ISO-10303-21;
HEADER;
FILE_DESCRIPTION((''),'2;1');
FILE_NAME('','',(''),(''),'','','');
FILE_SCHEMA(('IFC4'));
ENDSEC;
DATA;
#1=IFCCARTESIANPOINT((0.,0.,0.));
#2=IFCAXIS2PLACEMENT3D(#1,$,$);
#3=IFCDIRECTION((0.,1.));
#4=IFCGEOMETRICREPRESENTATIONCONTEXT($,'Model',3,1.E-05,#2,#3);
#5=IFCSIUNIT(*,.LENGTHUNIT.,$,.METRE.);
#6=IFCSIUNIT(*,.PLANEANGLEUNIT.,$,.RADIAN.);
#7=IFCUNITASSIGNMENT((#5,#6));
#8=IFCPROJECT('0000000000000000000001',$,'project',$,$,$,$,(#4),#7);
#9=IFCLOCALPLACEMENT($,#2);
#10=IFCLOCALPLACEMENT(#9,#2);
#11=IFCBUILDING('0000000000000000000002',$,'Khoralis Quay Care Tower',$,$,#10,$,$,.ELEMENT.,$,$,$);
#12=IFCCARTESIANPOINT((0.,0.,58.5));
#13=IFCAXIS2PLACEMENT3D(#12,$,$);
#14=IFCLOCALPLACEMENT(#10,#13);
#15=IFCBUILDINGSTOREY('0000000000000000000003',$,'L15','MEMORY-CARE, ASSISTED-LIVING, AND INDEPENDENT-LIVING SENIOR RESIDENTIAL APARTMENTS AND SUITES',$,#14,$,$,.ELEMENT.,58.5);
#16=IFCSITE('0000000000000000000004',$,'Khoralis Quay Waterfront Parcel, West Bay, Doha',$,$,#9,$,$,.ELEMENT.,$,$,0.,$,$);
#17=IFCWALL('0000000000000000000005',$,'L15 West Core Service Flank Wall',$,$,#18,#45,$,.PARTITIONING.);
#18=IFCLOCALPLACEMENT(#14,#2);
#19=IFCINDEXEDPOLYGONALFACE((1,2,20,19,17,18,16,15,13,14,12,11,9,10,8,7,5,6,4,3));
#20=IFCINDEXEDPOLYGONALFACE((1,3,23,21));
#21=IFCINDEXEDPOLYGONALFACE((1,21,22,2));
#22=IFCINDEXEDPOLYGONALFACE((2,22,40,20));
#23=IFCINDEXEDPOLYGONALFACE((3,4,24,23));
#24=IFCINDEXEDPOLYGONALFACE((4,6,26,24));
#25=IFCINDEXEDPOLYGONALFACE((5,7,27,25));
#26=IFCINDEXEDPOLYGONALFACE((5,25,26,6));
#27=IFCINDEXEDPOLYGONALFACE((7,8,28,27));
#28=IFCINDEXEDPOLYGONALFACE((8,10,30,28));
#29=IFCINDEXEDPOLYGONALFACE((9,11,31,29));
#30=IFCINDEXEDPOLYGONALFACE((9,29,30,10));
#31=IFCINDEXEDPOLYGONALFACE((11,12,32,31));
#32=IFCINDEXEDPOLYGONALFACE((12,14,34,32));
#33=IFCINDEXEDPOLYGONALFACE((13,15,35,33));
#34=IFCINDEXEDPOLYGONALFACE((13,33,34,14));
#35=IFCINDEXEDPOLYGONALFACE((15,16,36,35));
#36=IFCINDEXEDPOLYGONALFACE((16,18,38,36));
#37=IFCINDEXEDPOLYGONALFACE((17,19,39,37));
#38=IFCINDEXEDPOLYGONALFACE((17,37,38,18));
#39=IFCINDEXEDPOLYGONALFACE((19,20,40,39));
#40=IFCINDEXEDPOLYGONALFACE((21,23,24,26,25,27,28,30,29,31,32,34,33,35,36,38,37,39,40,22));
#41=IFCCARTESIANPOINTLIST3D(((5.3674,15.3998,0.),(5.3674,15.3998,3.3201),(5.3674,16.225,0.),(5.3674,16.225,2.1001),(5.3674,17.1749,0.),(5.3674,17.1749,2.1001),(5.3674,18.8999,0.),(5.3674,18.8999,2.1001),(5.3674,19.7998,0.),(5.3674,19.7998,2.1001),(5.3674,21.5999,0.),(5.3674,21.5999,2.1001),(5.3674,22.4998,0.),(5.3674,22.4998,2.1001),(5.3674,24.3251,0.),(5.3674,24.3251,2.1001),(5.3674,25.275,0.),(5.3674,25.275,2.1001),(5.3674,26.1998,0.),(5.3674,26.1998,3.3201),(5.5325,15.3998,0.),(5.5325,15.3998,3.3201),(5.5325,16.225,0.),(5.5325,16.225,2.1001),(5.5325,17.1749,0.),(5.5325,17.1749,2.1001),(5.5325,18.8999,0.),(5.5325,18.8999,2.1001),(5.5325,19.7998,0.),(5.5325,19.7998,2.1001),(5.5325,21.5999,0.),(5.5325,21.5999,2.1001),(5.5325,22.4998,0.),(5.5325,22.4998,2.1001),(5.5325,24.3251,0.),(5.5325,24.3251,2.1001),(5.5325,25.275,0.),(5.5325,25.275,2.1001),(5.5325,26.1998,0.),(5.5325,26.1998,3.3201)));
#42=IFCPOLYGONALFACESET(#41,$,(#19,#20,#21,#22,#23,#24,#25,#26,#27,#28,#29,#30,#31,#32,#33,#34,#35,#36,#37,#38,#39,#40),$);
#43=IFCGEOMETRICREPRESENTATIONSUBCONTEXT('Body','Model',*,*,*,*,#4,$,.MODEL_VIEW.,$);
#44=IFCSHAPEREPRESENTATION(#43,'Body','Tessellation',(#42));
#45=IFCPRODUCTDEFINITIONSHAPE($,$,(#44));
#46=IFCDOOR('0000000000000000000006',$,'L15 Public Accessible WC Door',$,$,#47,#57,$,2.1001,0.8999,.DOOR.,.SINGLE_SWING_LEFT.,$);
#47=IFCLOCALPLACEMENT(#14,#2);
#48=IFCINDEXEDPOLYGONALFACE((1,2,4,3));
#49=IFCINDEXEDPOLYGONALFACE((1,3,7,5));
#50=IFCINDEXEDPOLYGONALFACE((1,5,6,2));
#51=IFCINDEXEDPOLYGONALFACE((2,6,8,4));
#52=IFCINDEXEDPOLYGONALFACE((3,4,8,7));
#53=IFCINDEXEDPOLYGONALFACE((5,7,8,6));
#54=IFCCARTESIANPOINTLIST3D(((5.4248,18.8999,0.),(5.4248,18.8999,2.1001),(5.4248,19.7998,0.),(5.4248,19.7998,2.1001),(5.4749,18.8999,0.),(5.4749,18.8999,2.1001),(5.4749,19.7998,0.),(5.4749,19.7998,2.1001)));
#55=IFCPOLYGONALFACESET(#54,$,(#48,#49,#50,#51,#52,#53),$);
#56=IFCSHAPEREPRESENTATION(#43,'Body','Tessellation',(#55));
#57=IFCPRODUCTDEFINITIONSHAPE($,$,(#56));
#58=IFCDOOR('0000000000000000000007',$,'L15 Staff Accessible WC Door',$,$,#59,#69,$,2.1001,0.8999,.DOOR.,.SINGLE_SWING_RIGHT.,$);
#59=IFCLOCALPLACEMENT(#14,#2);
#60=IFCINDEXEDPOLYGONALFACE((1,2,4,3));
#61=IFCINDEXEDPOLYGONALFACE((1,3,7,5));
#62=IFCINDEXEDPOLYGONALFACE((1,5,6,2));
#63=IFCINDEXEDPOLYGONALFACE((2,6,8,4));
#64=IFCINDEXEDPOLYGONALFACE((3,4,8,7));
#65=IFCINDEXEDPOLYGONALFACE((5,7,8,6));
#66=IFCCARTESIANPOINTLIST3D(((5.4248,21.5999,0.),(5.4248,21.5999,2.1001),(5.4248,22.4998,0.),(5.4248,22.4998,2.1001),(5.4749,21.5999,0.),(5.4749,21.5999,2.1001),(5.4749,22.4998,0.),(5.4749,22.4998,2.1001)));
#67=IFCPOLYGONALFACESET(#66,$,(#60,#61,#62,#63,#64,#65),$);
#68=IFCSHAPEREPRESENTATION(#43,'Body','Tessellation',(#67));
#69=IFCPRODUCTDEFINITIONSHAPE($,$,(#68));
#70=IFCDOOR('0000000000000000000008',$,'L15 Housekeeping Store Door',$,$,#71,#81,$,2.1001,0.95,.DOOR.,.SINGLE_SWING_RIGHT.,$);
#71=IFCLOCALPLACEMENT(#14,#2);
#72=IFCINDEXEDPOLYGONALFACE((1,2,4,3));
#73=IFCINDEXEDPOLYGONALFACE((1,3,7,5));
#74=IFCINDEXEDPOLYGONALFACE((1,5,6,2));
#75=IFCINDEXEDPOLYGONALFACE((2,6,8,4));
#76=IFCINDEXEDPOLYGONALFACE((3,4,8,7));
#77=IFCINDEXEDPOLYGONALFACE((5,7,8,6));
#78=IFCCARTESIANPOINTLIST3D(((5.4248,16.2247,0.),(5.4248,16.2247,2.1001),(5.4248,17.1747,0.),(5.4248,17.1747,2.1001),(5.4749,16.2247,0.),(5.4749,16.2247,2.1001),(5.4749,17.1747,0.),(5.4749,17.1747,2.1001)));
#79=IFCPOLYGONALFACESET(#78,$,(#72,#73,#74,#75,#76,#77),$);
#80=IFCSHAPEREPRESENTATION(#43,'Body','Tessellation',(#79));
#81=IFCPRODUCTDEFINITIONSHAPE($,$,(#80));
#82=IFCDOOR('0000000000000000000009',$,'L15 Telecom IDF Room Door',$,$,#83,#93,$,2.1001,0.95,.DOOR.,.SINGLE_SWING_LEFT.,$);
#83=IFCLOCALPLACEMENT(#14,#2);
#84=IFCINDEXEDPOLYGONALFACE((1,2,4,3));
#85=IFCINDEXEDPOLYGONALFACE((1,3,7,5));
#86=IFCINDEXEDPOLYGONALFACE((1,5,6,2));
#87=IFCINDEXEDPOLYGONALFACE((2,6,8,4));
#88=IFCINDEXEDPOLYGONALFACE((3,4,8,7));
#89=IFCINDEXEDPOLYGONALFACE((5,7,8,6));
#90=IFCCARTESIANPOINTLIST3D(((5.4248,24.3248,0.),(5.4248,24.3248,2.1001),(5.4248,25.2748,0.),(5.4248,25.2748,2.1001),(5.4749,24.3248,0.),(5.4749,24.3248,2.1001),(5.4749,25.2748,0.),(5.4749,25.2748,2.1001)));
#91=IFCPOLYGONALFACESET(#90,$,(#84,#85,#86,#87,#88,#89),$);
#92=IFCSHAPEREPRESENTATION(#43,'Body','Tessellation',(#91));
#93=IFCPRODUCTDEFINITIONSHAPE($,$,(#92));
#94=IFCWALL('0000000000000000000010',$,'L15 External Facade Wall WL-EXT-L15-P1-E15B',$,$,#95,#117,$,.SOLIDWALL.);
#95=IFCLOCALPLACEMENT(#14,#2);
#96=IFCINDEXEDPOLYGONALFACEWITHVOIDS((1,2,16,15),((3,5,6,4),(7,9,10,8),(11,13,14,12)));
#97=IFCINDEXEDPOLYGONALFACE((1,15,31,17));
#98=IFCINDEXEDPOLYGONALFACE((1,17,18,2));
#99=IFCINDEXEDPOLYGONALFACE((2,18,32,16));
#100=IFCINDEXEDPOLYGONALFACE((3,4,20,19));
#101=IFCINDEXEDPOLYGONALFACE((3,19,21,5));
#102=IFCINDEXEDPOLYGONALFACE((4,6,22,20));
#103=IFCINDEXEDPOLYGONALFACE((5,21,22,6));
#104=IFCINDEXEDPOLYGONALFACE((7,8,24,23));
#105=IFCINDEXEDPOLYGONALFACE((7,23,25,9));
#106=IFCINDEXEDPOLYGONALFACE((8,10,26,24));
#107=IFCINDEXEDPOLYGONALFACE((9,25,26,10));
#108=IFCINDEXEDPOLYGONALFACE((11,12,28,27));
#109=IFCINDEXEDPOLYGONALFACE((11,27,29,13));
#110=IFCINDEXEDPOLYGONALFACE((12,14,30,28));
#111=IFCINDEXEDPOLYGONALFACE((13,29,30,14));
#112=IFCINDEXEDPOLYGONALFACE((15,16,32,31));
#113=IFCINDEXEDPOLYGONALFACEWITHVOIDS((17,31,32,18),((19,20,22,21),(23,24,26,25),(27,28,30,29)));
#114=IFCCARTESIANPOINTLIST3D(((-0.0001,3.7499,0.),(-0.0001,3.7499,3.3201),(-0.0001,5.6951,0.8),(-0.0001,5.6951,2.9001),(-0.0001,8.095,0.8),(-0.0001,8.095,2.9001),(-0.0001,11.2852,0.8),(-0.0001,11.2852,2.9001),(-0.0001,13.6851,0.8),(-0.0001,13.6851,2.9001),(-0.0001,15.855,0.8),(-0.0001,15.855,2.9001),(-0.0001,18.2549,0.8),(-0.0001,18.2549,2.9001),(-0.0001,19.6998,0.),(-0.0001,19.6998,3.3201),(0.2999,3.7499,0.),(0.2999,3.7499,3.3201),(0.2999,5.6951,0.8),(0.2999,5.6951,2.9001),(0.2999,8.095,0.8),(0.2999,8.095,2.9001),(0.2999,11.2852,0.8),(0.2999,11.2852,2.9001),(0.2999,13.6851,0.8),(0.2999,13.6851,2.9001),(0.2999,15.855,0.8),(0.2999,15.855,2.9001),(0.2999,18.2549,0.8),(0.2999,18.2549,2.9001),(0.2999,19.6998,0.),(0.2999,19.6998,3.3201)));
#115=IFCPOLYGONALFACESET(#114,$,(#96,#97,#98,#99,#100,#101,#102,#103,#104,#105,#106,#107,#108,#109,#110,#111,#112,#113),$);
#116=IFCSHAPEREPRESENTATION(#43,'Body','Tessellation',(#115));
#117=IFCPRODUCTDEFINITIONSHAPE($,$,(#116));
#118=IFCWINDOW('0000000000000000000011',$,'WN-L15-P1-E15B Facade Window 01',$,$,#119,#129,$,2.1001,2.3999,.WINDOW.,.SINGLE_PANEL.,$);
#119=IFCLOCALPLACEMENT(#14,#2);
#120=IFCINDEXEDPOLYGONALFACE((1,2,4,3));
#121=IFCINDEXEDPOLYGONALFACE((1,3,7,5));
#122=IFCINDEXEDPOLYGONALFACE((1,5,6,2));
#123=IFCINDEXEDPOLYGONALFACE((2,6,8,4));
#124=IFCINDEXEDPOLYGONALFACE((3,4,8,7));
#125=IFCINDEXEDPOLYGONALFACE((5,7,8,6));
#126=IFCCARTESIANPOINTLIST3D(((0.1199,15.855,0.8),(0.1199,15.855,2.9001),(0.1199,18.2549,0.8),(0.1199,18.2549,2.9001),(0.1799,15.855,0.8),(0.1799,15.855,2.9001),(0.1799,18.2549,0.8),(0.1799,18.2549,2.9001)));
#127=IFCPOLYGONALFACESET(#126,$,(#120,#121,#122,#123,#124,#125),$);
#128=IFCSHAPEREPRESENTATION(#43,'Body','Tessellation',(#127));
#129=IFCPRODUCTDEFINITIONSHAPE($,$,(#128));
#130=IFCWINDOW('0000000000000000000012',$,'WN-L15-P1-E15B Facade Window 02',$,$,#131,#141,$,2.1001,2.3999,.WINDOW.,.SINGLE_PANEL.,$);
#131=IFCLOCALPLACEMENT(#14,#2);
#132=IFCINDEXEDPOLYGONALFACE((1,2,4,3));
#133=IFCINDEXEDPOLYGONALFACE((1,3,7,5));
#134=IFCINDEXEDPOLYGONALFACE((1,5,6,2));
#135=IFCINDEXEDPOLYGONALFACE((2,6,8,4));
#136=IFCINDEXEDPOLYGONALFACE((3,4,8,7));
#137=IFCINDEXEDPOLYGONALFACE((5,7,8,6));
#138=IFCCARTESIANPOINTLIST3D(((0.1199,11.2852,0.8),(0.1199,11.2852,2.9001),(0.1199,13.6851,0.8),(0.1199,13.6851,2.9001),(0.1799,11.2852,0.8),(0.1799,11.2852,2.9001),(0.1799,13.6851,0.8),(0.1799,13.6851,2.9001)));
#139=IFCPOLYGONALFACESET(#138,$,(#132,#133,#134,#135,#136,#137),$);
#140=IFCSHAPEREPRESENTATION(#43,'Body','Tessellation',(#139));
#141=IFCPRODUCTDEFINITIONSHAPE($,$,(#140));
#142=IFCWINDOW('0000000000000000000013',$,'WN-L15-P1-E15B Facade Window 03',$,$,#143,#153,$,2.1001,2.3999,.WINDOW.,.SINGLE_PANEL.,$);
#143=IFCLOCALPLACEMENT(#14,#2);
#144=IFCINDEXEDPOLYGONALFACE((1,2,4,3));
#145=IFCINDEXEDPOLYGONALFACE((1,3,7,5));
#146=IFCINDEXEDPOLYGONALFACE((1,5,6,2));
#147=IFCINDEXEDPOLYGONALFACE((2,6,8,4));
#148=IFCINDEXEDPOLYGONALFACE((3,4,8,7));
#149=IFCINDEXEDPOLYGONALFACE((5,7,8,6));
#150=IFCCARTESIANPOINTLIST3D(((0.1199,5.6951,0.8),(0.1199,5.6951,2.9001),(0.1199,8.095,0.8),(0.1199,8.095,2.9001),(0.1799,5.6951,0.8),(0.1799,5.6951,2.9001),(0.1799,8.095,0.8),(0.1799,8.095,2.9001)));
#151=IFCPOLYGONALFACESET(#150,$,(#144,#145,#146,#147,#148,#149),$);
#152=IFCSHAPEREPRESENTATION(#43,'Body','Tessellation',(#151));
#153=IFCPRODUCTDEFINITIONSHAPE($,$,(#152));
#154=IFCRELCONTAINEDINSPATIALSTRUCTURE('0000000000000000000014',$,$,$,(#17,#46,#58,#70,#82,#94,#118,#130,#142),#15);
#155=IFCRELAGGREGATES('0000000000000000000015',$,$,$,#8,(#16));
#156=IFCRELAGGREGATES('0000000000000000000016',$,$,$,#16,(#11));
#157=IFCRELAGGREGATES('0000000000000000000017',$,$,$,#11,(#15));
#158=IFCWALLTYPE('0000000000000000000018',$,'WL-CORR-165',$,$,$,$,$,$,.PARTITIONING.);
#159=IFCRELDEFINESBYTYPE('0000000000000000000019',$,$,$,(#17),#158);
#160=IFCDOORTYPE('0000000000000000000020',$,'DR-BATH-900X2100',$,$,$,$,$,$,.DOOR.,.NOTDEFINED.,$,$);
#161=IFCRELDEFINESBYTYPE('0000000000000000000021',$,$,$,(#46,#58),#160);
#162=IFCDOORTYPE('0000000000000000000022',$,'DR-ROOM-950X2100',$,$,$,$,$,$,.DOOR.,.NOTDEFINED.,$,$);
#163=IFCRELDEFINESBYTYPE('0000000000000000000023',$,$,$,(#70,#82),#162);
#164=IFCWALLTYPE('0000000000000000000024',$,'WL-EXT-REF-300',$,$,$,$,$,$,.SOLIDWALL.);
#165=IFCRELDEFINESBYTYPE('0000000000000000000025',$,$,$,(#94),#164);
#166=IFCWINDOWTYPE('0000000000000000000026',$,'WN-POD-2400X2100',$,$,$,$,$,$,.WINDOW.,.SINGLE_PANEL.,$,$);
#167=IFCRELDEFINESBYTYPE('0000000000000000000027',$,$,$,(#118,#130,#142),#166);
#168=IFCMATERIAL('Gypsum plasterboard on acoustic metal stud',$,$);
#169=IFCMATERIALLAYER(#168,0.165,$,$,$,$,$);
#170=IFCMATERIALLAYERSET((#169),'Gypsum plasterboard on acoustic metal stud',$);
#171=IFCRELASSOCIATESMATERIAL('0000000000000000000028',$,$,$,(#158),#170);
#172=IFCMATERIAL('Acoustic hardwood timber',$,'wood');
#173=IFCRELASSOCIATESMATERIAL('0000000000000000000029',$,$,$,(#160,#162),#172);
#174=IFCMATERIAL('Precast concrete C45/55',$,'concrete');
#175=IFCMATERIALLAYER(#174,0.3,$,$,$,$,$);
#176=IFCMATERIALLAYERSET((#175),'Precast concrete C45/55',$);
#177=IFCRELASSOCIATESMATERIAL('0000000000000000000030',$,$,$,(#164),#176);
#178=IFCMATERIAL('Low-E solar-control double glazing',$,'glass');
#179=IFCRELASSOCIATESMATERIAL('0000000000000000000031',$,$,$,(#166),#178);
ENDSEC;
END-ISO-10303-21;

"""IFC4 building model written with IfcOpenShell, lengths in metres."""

from ifc_helpers import new_model, si_unit, direction, frame, frame_2d, origin, place, context, subcontext, project, spatial, rectangle, extrude, source, transform, mapped, material, layer, layer_set, type_object, element, fill, save


model = new_model("IFC4")

# Units and contexts
model_context = context("Model", 3, precision=1e-05, world=origin(), true_north=direction((0.0, 1.0)))
body_context = subcontext(model_context, "Body", "Model", "MODEL_VIEW")
ifc_project = project(units=[si_unit("LENGTHUNIT", "METRE"), si_unit("PLANEANGLEUNIT", "RADIAN")], contexts=[model_context])

# Site, building, storey
site_placement = place(None, origin())
site = spatial("IfcSite", under=ifc_project, at=site_placement, Name="Khoralis Quay Waterfront Parcel, West Bay, Doha", CompositionType="ELEMENT", RefElevation=0.0)
building_placement = place(site_placement, origin())
building = spatial("IfcBuilding", under=site, at=building_placement, Name="Khoralis Quay Care Tower", CompositionType="ELEMENT")
storey_placement = place(building_placement, frame((0.0, 0.0, 58.5)))
storey = spatial("IfcBuildingStorey", under=building, at=storey_placement, Name="L15", Description="MEMORY-CARE, ASSISTED-LIVING, AND INDEPENDENT-LIVING SENIOR RESIDENTIAL APARTMENTS AND SUITES", CompositionType="ELEMENT", Elevation=58.5)

# Shared definitions
ifc_material_1 = material(Name="Low-E solar-control double glazing", Category="glass")

# Wall, openings, doors
ifc_material_2 = material(Name="Gypsum plasterboard on acoustic metal stud")
ifc_layer_1 = layer(ifc_material_2, 0.165)
ifc_layer_set_1 = layer_set([ifc_layer_1], Name="Gypsum plasterboard on acoustic metal stud")
wall_type_1 = type_object("IfcWallType", Name="WL-CORR-165", PredefinedType="PARTITIONING", material=ifc_layer_set_1)
wall_1_placement = place(storey_placement, frame((5.45, 15.3999, 0.0), z_axis=(0.0, 0.0, 1.0), x_axis=(0.0, 1.0, 0.0)))
wall_1 = element("IfcWall", 1, at=wall_1_placement, inside=storey, type_object=wall_type_1, Name="L15 West Core Service Flank Wall", PredefinedType="PARTITIONING", context=body_context, shape_type="SweptSolid", body=[
    extrude(rectangle(XDim=10.8, YDim=0.165, at=frame_2d((5.3999, 0.0))), origin(), (0.0, 0.0, 1.0), 3.3201),
])
opening_1_placement = place(wall_1_placement, frame((0.825, 0.0, 0.0)))
opening_1 = element("IfcOpeningElement", 2, at=opening_1_placement, cuts=wall_1, PredefinedType="OPENING", context=body_context, shape_type="SweptSolid", body=[
    extrude(rectangle(XDim=0.95, YDim=2.1001, at=frame_2d((0.4751, 1.05))), frame((0.0, 0.0925, 0.0), z_axis=(0.0, -1.0, 0.0), x_axis=(1.0, 0.0, 0.0)), (0.0, 0.0, 1.0), 0.1851),
])
opening_2_placement = place(wall_1_placement, frame((3.5, 0.0, 0.0)))
opening_2 = element("IfcOpeningElement", 3, at=opening_2_placement, cuts=wall_1, PredefinedType="OPENING", context=body_context, shape_type="SweptSolid", body=[
    extrude(rectangle(XDim=0.8999, YDim=2.1001, at=frame_2d((0.45, 1.05))), frame((0.0, 0.0925, 0.0), z_axis=(0.0, -1.0, 0.0), x_axis=(1.0, 0.0, 0.0)), (0.0, 0.0, 1.0), 0.1851),
])
opening_3_placement = place(wall_1_placement, frame((6.2, 0.0, 0.0)))
opening_3 = element("IfcOpeningElement", 4, at=opening_3_placement, cuts=wall_1, PredefinedType="OPENING", context=body_context, shape_type="SweptSolid", body=[
    extrude(rectangle(XDim=0.8999, YDim=2.1001, at=frame_2d((0.45, 1.05))), frame((0.0, 0.0925, 0.0), z_axis=(0.0, -1.0, 0.0), x_axis=(1.0, 0.0, 0.0)), (0.0, 0.0, 1.0), 0.1851),
])
opening_4_placement = place(wall_1_placement, frame((8.925, 0.0, 0.0)))
opening_4 = element("IfcOpeningElement", 5, at=opening_4_placement, cuts=wall_1, PredefinedType="OPENING", context=body_context, shape_type="SweptSolid", body=[
    extrude(rectangle(XDim=0.95, YDim=2.1001, at=frame_2d((0.4751, 1.05))), frame((0.0, 0.0925, 0.0), z_axis=(0.0, -1.0, 0.0), x_axis=(1.0, 0.0, 0.0)), (0.0, 0.0, 1.0), 0.1851),
])
ifc_material_3 = material(Name="Acoustic hardwood timber", Category="wood")
door_type_1 = type_object("IfcDoorType", Name="DR-BATH-900X2100", OperationType="NOTDEFINED", PredefinedType="DOOR", material=ifc_material_3)
shared_shape_1 = source(origin(), body_context, "Body", "SweptSolid", [
    extrude(rectangle(XDim=0.8999, YDim=2.1001, at=frame_2d((0.45, 1.05))), frame((0.0, 0.0249, 0.0), z_axis=(0.0, -1.0, 0.0), x_axis=(1.0, 0.0, 0.0)), (0.0, 0.0, 1.0), 0.05),
])
door_1_placement = place(opening_2_placement, frame((0.8999, 0.0, 0.0), z_axis=(0.0, 0.0, 1.0), x_axis=(-1.0, 0.0, 0.0)))
door_1 = element("IfcDoor", 6, at=door_1_placement, inside=storey, type_object=door_type_1, Name="L15 Public Accessible WC Door", OperationType="SINGLE_SWING_LEFT", OverallHeight=2.1001, OverallWidth=0.8999, PredefinedType="DOOR", context=body_context, shape_type="MappedRepresentation", body=[
    mapped(shared_shape_1, transform((0.0, 0.0, 0.0), scale=1.0)),
])
fill(opening_2, door_1)
door_2_placement = place(opening_3_placement, frame((0.8999, 0.0, 0.0), z_axis=(0.0, 0.0, 1.0), x_axis=(-1.0, 0.0, 0.0)))
door_2 = element("IfcDoor", 7, at=door_2_placement, inside=storey, type_object=door_type_1, Name="L15 Staff Accessible WC Door", OperationType="SINGLE_SWING_RIGHT", OverallHeight=2.1001, OverallWidth=0.8999, PredefinedType="DOOR", context=body_context, shape_type="MappedRepresentation", body=[
    mapped(shared_shape_1, transform((0.0, 0.0, 0.0), scale=1.0)),
])
fill(opening_3, door_2)
door_type_2 = type_object("IfcDoorType", Name="DR-ROOM-950X2100", OperationType="NOTDEFINED", PredefinedType="DOOR", material=ifc_material_3)
shared_shape_2 = source(origin(), body_context, "Body", "SweptSolid", [
    extrude(rectangle(XDim=0.95, YDim=2.1001, at=frame_2d((0.4751, 1.05))), frame((0.0, 0.0249, 0.0), z_axis=(0.0, -1.0, 0.0), x_axis=(1.0, 0.0, 0.0)), (0.0, 0.0, 1.0), 0.05),
])
door_3_placement = place(opening_1_placement, frame((0.95, 0.0, 0.0), z_axis=(0.0, 0.0, 1.0), x_axis=(-1.0, 0.0, 0.0)))
door_3 = element("IfcDoor", 8, at=door_3_placement, inside=storey, type_object=door_type_2, Name="L15 Housekeeping Store Door", OperationType="SINGLE_SWING_RIGHT", OverallHeight=2.1001, OverallWidth=0.95, PredefinedType="DOOR", context=body_context, shape_type="MappedRepresentation", body=[
    mapped(shared_shape_2, transform((0.0, 0.0, 0.0), scale=1.0)),
])
fill(opening_1, door_3)
door_4_placement = place(opening_4_placement, frame((0.95, 0.0, 0.0), z_axis=(0.0, 0.0, 1.0), x_axis=(-1.0, 0.0, 0.0)))
door_4 = element("IfcDoor", 9, at=door_4_placement, inside=storey, type_object=door_type_2, Name="L15 Telecom IDF Room Door", OperationType="SINGLE_SWING_LEFT", OverallHeight=2.1001, OverallWidth=0.95, PredefinedType="DOOR", context=body_context, shape_type="MappedRepresentation", body=[
    mapped(shared_shape_2, transform((0.0, 0.0, 0.0), scale=1.0)),
])
fill(opening_4, door_4)

# Wall, openings, windows
ifc_material_4 = material(Name="Precast concrete C45/55", Category="concrete")
ifc_layer_2 = layer(ifc_material_4, 0.3)
ifc_layer_set_2 = layer_set([ifc_layer_2], Name="Precast concrete C45/55")
wall_type_2 = type_object("IfcWallType", Name="WL-EXT-REF-300", PredefinedType="SOLIDWALL", material=ifc_layer_set_2)
wall_2_placement = place(storey_placement, frame((0.1499, 19.7, 0.0), z_axis=(0.0, 0.0, 1.0), x_axis=(0.0, -1.0, 0.0)))
wall_2 = element("IfcWall", 10, at=wall_2_placement, inside=storey, type_object=wall_type_2, Name="L15 External Facade Wall WL-EXT-L15-P1-E15B", PredefinedType="SOLIDWALL", context=body_context, shape_type="SweptSolid", body=[
    extrude(rectangle(XDim=15.95, YDim=0.3, at=frame_2d((7.9751, 0.0))), origin(), (0.0, 0.0, 1.0), 3.3201),
])
opening_5_placement = place(wall_2_placement, frame((1.4451, 0.0, 0.8)))
opening_5 = element("IfcOpeningElement", 11, at=opening_5_placement, cuts=wall_2, PredefinedType="OPENING", context=body_context, shape_type="SweptSolid", body=[
    extrude(rectangle(XDim=2.3999, YDim=2.1001, at=frame_2d((1.2, 1.05))), frame((0.0, 0.1602, 0.0), z_axis=(0.0, -1.0, 0.0), x_axis=(1.0, 0.0, 0.0)), (0.0, 0.0, 1.0), 0.3201),
])
opening_6_placement = place(wall_2_placement, frame((6.0149, 0.0, 0.8)))
opening_6 = element("IfcOpeningElement", 12, at=opening_6_placement, cuts=wall_2, PredefinedType="OPENING", context=body_context, shape_type="SweptSolid", body=[
    extrude(rectangle(XDim=2.3999, YDim=2.1001, at=frame_2d((1.2, 1.05))), frame((0.0, 0.1602, 0.0), z_axis=(0.0, -1.0, 0.0), x_axis=(1.0, 0.0, 0.0)), (0.0, 0.0, 1.0), 0.3201),
])
opening_7_placement = place(wall_2_placement, frame((11.605, 0.0, 0.8)))
opening_7 = element("IfcOpeningElement", 13, at=opening_7_placement, cuts=wall_2, PredefinedType="OPENING", context=body_context, shape_type="SweptSolid", body=[
    extrude(rectangle(XDim=2.3999, YDim=2.1001, at=frame_2d((1.2, 1.05))), frame((0.0, 0.1602, 0.0), z_axis=(0.0, -1.0, 0.0), x_axis=(1.0, 0.0, 0.0)), (0.0, 0.0, 1.0), 0.3201),
])
window_type = type_object("IfcWindowType", Name="WN-POD-2400X2100", PartitioningType="SINGLE_PANEL", PredefinedType="WINDOW", material=ifc_material_1)
shared_shape_3 = source(origin(), body_context, "Body", "SweptSolid", [
    extrude(rectangle(XDim=2.3999, YDim=2.1001, at=frame_2d((1.2, 1.05))), frame((0.0, 0.03, 0.0), z_axis=(0.0, -1.0, 0.0), x_axis=(1.0, 0.0, 0.0)), (0.0, 0.0, 1.0), 0.0601),
])
window_1_placement = place(opening_5_placement, origin())
window_1 = element("IfcWindow", 14, at=window_1_placement, inside=storey, type_object=window_type, Name="WN-L15-P1-E15B Facade Window 01", OverallHeight=2.1001, OverallWidth=2.3999, PartitioningType="SINGLE_PANEL", PredefinedType="WINDOW", context=body_context, shape_type="MappedRepresentation", body=[
    mapped(shared_shape_3, transform((0.0, 0.0, 0.0), scale=1.0)),
])
fill(opening_5, window_1)
window_2_placement = place(opening_6_placement, origin())
window_2 = element("IfcWindow", 15, at=window_2_placement, inside=storey, type_object=window_type, Name="WN-L15-P1-E15B Facade Window 02", OverallHeight=2.1001, OverallWidth=2.3999, PartitioningType="SINGLE_PANEL", PredefinedType="WINDOW", context=body_context, shape_type="MappedRepresentation", body=[
    mapped(shared_shape_3, transform((0.0, 0.0, 0.0), scale=1.0)),
])
fill(opening_6, window_2)
window_3_placement = place(opening_7_placement, origin())
window_3 = element("IfcWindow", 16, at=window_3_placement, inside=storey, type_object=window_type, Name="WN-L15-P1-E15B Facade Window 03", OverallHeight=2.1001, OverallWidth=2.3999, PartitioningType="SINGLE_PANEL", PredefinedType="WINDOW", context=body_context, shape_type="MappedRepresentation", body=[
    mapped(shared_shape_3, transform((0.0, 0.0, 0.0), scale=1.0)),
])
fill(opening_7, window_3)

save(model, "model.ifc")
